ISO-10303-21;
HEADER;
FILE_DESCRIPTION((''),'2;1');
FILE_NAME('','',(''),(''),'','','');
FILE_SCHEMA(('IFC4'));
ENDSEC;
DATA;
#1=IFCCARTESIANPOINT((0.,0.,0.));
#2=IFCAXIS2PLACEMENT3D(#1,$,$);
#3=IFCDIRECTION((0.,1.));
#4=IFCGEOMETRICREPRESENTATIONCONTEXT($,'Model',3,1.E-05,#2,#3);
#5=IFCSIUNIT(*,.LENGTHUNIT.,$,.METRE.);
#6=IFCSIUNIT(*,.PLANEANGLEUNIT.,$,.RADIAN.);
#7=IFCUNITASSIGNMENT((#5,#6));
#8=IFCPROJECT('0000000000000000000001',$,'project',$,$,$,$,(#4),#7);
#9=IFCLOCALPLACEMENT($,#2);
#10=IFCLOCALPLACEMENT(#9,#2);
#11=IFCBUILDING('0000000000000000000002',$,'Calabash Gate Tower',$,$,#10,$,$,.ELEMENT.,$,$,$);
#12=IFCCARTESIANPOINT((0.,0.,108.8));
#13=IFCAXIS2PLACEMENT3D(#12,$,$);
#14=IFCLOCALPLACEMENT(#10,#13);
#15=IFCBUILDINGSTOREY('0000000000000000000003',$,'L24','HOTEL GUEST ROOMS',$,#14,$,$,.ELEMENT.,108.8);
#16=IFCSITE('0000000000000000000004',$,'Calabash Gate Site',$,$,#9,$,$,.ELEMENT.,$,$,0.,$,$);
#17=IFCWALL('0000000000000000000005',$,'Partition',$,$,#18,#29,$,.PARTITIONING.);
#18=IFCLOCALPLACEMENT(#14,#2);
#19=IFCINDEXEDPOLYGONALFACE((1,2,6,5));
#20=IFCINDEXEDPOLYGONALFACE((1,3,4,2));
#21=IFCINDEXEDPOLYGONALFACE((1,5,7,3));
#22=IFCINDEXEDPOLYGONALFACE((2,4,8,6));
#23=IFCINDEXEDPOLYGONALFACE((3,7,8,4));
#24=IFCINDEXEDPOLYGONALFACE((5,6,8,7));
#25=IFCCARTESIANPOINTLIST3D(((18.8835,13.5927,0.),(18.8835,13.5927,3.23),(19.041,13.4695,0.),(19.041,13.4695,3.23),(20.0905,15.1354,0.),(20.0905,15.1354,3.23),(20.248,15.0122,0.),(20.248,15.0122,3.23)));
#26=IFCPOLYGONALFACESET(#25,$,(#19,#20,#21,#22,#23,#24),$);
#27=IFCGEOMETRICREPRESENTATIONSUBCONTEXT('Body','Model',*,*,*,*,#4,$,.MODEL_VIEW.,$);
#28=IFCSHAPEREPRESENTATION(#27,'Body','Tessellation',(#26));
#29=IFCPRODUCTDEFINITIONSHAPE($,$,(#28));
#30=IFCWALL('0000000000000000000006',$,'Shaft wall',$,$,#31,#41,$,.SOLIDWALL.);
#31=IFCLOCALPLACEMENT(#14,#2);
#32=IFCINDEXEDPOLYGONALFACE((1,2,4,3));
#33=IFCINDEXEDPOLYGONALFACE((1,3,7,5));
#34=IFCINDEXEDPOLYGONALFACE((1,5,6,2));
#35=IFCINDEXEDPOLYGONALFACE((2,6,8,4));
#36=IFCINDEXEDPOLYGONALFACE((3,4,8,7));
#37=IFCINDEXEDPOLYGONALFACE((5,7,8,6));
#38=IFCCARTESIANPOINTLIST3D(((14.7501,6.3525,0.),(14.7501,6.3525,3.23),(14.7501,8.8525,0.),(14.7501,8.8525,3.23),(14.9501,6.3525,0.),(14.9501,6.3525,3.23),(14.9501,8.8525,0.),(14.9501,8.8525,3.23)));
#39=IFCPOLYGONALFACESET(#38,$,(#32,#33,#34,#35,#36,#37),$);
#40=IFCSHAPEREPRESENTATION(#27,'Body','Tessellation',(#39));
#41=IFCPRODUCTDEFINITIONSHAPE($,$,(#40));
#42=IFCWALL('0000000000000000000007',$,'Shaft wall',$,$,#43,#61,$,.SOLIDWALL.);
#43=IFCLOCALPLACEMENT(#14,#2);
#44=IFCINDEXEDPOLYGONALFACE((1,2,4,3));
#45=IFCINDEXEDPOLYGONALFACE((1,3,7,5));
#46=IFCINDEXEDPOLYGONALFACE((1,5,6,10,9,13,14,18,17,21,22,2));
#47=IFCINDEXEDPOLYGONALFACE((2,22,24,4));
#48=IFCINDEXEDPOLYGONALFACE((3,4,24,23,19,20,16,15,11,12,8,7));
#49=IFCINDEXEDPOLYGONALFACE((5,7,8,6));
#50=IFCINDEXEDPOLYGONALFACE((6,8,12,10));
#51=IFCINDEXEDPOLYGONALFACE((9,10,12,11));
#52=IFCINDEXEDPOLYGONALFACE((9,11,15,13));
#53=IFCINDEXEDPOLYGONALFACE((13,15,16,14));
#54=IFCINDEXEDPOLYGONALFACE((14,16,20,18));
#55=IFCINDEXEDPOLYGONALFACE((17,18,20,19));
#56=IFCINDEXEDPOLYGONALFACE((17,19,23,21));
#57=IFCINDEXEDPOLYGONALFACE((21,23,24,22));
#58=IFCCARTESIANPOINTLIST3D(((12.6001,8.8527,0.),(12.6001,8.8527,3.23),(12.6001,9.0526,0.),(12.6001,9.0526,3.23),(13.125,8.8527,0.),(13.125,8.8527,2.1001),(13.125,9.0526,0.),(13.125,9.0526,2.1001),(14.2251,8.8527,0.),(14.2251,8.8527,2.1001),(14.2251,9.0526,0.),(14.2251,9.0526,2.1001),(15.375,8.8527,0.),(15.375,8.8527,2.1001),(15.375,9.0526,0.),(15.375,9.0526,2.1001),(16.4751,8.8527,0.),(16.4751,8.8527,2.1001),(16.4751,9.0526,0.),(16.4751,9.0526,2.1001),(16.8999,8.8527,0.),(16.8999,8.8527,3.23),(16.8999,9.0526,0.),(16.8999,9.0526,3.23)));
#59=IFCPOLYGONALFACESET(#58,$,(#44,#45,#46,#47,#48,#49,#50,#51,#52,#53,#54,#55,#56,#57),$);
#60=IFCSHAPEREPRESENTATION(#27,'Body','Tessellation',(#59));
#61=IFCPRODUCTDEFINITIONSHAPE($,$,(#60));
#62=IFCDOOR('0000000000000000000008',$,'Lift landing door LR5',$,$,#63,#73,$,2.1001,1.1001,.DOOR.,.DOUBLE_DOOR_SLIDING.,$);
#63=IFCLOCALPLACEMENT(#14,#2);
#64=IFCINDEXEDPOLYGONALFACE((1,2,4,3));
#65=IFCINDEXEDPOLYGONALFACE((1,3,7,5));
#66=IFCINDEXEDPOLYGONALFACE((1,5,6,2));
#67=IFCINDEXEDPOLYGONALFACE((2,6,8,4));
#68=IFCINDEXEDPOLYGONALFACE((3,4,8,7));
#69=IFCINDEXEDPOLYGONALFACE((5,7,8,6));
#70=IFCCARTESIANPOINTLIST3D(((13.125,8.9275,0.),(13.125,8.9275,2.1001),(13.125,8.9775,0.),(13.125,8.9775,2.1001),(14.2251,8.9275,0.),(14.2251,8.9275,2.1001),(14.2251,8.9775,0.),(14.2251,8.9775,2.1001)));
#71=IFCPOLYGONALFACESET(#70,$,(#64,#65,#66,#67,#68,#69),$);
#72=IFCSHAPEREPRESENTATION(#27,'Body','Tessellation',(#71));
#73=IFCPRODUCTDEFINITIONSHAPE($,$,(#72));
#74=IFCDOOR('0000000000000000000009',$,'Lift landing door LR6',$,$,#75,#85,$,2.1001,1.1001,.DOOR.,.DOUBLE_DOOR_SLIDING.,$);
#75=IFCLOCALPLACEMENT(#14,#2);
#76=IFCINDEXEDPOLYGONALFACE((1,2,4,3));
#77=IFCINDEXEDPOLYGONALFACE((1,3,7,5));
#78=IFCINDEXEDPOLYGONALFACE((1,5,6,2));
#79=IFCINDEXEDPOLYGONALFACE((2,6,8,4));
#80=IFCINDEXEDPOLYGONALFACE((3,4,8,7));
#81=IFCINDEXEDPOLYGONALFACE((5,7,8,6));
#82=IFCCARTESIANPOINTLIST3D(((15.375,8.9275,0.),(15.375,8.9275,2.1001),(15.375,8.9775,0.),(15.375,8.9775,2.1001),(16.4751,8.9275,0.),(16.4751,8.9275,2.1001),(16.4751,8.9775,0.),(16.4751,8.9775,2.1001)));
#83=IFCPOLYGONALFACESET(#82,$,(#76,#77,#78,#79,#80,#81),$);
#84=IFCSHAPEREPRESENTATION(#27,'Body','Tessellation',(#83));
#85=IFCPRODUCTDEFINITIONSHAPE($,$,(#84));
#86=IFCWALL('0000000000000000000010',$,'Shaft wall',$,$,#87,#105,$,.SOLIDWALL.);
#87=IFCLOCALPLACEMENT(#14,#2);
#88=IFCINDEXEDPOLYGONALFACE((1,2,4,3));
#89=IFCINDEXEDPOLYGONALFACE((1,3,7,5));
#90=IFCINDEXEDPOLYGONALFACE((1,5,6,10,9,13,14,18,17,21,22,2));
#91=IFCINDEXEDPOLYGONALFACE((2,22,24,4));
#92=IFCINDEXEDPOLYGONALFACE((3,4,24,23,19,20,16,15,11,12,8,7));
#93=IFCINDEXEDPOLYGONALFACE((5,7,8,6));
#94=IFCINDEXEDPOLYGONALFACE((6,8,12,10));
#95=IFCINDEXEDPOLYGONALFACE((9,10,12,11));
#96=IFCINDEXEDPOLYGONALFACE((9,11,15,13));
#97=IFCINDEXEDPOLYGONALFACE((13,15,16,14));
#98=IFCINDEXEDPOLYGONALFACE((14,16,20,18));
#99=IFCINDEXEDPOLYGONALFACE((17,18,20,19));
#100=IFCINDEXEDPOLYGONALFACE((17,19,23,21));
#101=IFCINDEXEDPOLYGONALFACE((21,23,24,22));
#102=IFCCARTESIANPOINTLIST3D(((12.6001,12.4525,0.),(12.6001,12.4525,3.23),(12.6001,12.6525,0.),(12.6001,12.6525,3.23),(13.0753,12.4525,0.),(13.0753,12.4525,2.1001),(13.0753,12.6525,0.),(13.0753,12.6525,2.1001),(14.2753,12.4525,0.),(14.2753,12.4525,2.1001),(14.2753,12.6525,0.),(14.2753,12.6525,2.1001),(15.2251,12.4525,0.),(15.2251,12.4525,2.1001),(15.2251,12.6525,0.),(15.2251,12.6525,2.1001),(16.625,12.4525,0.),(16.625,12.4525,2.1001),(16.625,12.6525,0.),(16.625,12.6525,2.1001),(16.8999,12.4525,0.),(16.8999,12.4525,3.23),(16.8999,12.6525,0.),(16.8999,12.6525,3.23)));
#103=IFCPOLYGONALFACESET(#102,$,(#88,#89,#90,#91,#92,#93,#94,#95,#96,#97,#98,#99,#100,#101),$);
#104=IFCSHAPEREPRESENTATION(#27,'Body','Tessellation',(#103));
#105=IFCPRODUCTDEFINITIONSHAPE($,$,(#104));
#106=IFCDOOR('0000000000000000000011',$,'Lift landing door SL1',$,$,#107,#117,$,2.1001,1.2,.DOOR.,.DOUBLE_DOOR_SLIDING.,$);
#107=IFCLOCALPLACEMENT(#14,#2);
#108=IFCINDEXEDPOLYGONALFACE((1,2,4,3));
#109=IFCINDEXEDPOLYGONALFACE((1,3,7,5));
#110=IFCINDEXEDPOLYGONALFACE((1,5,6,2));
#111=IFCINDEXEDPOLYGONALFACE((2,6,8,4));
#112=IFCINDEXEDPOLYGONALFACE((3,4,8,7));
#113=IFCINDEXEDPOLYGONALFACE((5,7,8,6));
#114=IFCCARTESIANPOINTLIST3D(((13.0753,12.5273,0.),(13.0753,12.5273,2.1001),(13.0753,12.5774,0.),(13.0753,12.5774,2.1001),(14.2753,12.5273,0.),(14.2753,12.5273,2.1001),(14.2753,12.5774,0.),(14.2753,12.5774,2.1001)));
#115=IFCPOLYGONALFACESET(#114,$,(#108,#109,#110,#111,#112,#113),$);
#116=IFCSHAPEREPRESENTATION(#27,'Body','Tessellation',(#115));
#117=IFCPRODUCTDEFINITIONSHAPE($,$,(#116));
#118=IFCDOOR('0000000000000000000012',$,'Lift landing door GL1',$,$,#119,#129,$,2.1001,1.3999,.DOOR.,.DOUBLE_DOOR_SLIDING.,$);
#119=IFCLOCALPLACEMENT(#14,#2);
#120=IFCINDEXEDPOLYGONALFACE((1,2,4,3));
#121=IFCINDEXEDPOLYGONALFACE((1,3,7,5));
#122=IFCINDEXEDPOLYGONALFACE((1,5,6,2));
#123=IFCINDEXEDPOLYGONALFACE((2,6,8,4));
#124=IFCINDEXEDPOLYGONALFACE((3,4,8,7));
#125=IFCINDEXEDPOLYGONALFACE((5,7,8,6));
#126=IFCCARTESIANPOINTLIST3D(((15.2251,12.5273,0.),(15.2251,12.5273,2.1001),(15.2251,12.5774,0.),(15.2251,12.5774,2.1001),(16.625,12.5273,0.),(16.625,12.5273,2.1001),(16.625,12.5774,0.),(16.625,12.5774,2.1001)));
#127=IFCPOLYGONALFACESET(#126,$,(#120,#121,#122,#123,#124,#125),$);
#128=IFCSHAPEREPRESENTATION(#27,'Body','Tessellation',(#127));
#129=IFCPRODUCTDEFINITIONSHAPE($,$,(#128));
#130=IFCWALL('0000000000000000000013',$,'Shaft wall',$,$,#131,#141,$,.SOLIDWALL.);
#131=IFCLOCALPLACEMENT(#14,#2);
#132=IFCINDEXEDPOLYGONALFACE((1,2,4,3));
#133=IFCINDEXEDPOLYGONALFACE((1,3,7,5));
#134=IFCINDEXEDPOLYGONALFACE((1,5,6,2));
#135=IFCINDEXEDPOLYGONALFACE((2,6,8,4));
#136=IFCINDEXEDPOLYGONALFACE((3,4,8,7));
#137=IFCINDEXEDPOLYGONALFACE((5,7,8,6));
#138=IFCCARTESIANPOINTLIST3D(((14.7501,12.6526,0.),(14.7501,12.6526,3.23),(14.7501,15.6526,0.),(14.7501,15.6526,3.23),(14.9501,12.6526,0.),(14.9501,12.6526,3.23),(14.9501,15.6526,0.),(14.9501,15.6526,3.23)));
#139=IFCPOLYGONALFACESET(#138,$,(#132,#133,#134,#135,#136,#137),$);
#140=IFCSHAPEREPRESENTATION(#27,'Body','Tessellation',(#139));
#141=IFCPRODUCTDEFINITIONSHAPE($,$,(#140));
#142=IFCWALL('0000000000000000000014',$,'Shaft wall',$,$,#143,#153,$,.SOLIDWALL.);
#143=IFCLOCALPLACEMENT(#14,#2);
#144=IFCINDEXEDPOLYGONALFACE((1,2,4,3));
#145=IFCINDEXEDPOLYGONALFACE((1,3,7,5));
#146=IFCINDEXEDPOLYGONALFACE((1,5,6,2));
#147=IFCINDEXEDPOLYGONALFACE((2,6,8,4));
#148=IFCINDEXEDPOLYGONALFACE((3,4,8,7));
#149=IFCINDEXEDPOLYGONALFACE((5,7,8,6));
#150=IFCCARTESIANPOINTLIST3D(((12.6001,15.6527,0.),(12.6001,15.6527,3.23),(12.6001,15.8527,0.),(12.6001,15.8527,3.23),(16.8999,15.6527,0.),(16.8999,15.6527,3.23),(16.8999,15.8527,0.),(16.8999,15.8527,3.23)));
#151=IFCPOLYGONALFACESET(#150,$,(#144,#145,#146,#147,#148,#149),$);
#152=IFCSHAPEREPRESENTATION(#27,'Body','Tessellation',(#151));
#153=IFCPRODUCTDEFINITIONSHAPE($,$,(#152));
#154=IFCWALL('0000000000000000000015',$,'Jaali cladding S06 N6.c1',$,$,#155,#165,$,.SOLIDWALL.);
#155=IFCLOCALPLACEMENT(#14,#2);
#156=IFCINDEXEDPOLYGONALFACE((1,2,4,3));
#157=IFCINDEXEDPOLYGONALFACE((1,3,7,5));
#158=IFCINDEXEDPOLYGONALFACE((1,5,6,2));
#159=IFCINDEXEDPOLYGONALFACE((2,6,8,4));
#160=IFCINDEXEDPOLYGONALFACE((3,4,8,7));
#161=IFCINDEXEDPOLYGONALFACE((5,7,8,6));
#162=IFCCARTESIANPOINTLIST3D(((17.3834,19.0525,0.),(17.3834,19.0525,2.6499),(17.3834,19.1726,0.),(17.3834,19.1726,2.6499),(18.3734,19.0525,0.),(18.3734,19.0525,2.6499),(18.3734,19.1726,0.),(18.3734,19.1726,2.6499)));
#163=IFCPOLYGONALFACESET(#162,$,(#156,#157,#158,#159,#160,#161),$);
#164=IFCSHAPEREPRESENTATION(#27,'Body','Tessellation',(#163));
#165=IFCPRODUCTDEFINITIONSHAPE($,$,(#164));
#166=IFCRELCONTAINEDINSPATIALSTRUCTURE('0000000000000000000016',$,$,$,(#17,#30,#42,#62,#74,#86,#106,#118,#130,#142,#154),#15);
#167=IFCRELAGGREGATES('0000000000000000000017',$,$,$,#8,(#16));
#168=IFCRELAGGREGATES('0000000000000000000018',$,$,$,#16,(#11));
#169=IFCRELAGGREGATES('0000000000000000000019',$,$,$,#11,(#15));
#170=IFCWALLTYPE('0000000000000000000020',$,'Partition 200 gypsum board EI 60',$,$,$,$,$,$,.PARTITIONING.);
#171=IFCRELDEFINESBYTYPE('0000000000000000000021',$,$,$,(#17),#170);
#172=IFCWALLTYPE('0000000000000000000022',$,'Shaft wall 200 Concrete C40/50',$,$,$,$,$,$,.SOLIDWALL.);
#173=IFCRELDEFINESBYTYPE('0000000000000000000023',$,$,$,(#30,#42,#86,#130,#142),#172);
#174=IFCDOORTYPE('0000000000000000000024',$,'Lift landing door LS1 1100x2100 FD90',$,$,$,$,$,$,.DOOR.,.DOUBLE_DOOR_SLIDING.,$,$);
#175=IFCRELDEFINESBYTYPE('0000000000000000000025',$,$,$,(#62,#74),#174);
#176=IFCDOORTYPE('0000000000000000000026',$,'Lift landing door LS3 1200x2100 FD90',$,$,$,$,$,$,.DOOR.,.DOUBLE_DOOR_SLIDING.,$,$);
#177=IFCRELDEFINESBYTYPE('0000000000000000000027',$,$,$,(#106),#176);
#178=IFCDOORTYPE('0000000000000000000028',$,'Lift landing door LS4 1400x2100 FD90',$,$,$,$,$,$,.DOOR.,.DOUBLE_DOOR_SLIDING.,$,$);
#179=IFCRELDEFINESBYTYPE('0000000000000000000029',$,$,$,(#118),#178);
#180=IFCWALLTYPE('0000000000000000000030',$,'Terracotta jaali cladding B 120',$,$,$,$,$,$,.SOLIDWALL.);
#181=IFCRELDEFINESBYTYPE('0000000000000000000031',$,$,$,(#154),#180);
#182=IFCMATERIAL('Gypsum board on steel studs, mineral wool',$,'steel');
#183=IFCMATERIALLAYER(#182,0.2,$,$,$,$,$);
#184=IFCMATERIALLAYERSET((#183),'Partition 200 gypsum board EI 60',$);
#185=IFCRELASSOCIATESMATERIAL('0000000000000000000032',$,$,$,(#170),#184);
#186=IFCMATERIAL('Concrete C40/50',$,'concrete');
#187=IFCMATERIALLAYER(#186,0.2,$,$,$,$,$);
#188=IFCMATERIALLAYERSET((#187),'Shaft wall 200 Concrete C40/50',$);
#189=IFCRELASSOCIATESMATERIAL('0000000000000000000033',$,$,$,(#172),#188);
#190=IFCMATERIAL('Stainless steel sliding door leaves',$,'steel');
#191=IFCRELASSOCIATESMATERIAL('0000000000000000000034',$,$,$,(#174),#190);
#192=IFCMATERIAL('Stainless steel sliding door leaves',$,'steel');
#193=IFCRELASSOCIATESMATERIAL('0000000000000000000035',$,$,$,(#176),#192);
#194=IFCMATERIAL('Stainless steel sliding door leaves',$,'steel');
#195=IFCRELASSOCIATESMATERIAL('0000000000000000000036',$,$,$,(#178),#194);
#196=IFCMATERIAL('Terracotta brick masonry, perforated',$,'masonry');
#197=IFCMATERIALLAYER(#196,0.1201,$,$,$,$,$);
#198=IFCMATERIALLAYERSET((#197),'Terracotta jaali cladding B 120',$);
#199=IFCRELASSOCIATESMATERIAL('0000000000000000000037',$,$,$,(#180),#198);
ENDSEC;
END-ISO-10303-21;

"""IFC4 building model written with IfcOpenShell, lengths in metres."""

from ifc_helpers import new_model, si_unit, direction, frame, frame_2d, origin, place, context, subcontext, project, spatial, rectangle, extrude, material, layer, layer_set, type_object, element, fill, save


model = new_model("IFC4")

# Units and contexts
model_context = context("Model", 3, precision=1e-05, world=origin(), true_north=direction((0.0, 1.0)))
body_context = subcontext(model_context, "Body", "Model", "MODEL_VIEW")
ifc_project = project(units=[si_unit("LENGTHUNIT", "METRE"), si_unit("PLANEANGLEUNIT", "RADIAN")], contexts=[model_context])

# Site, building, storey
site_placement = place(None, origin())
site = spatial("IfcSite", under=ifc_project, at=site_placement, Name="Calabash Gate Site", CompositionType="ELEMENT", RefElevation=0.0)
building_placement = place(site_placement, origin())
building = spatial("IfcBuilding", under=site, at=building_placement, Name="Calabash Gate Tower", CompositionType="ELEMENT")
storey_placement = place(building_placement, frame((0.0, 0.0, 108.8)))
storey = spatial("IfcBuildingStorey", under=building, at=storey_placement, Name="L24", Description="HOTEL GUEST ROOMS", CompositionType="ELEMENT", Elevation=108.8)

# Walls
ifc_material_1 = material(Name="Gypsum board on steel studs, mineral wool", Category="steel")
ifc_layer_1 = layer(ifc_material_1, 0.2)
ifc_layer_set_1 = layer_set([ifc_layer_1], Name="Partition 200 gypsum board EI 60")
wall_type_1 = type_object("IfcWallType", Name="Partition 200 gypsum board EI 60", PredefinedType="PARTITIONING", material=ifc_layer_set_1)
wall_1_placement = place(storey_placement, frame((18.9622, 13.531, 0.0), z_axis=(0.0, 0.0, 1.0), x_axis=(0.616207, 0.787584, 0.0)))
element("IfcWall", 1, at=wall_1_placement, inside=storey, type_object=wall_type_1, Name="Partition", PredefinedType="PARTITIONING", context=body_context, shape_type="SweptSolid", body=[
    extrude(rectangle(XDim=1.9587, YDim=0.2, at=frame_2d((0.9795, 0.0))), origin(), (0.0, 0.0, 1.0), 3.23),
])
ifc_material_2 = material(Name="Concrete C40/50", Category="concrete")
ifc_layer_2 = layer(ifc_material_2, 0.2)
ifc_layer_set_2 = layer_set([ifc_layer_2], Name="Shaft wall 200 Concrete C40/50")
wall_type_2 = type_object("IfcWallType", Name="Shaft wall 200 Concrete C40/50", PredefinedType="SOLIDWALL", material=ifc_layer_set_2)
wall_2_placement = place(storey_placement, frame((14.8501, 6.3525, 0.0), z_axis=(0.0, 0.0, 1.0), x_axis=(0.0, 1.0, 0.0)))
element("IfcWall", 2, at=wall_2_placement, inside=storey, type_object=wall_type_2, Name="Shaft wall", PredefinedType="SOLIDWALL", context=body_context, shape_type="SweptSolid", body=[
    extrude(rectangle(XDim=2.5, YDim=0.2, at=frame_2d((1.25, 0.0))), origin(), (0.0, 0.0, 1.0), 3.23),
])

# Walls, openings, doors
wall_3_placement = place(storey_placement, frame((12.6001, 8.9526, 0.0), z_axis=(0.0, 0.0, 1.0), x_axis=(1.0, 0.0, 0.0)))
wall_3 = element("IfcWall", 3, at=wall_3_placement, inside=storey, type_object=wall_type_2, Name="Shaft wall", PredefinedType="SOLIDWALL", context=body_context, shape_type="SweptSolid", body=[
    extrude(rectangle(XDim=4.2998, YDim=0.2, at=frame_2d((2.1499, 0.0))), origin(), (0.0, 0.0, 1.0), 3.23),
])
opening_1_placement = place(wall_3_placement, frame((0.5249, 0.0, 0.0)))
opening_1 = element("IfcOpeningElement", 4, at=opening_1_placement, cuts=wall_3, PredefinedType="OPENING", context=body_context, shape_type="SweptSolid", body=[
    extrude(rectangle(XDim=1.1001, YDim=2.1001, at=frame_2d((0.55, 1.05))), frame((0.0, 0.1099, 0.0), z_axis=(0.0, -1.0, 0.0), x_axis=(1.0, 0.0, 0.0)), (0.0, 0.0, 1.0), 0.22),
])
opening_2_placement = place(wall_3_placement, frame((2.7749, 0.0, 0.0)))
opening_2 = element("IfcOpeningElement", 5, at=opening_2_placement, cuts=wall_3, PredefinedType="OPENING", context=body_context, shape_type="SweptSolid", body=[
    extrude(rectangle(XDim=1.1001, YDim=2.1001, at=frame_2d((0.55, 1.05))), frame((0.0, 0.1099, 0.0), z_axis=(0.0, -1.0, 0.0), x_axis=(1.0, 0.0, 0.0)), (0.0, 0.0, 1.0), 0.22),
])
ifc_material_3 = material(Name="Stainless steel sliding door leaves", Category="steel")
door_type_1 = type_object("IfcDoorType", Name="Lift landing door LS1 1100x2100 FD90", OperationType="DOUBLE_DOOR_SLIDING", PredefinedType="DOOR", material=ifc_material_3)
door_1_placement = place(opening_1_placement, origin())
door_1 = element("IfcDoor", 6, at=door_1_placement, inside=storey, type_object=door_type_1, Name="Lift landing door LR5", OperationType="DOUBLE_DOOR_SLIDING", OverallHeight=2.1001, OverallWidth=1.1001, PredefinedType="DOOR", context=body_context, shape_type="SweptSolid", body=[
    extrude(rectangle(XDim=1.1001, YDim=2.1001, at=frame_2d((0.55, 1.05))), frame((0.0, 0.0249, 0.0), z_axis=(0.0, -1.0, 0.0), x_axis=(1.0, 0.0, 0.0)), (0.0, 0.0, 1.0), 0.05),
])
fill(opening_1, door_1)
door_2_placement = place(opening_2_placement, origin())
door_2 = element("IfcDoor", 7, at=door_2_placement, inside=storey, type_object=door_type_1, Name="Lift landing door LR6", OperationType="DOUBLE_DOOR_SLIDING", OverallHeight=2.1001, OverallWidth=1.1001, PredefinedType="DOOR", context=body_context, shape_type="SweptSolid", body=[
    extrude(rectangle(XDim=1.1001, YDim=2.1001, at=frame_2d((0.55, 1.05))), frame((0.0, 0.0249, 0.0), z_axis=(0.0, -1.0, 0.0), x_axis=(1.0, 0.0, 0.0)), (0.0, 0.0, 1.0), 0.05),
])
fill(opening_2, door_2)
wall_4_placement = place(storey_placement, frame((12.6001, 12.5525, 0.0), z_axis=(0.0, 0.0, 1.0), x_axis=(1.0, 0.0, 0.0)))
wall_4 = element("IfcWall", 8, at=wall_4_placement, inside=storey, type_object=wall_type_2, Name="Shaft wall", PredefinedType="SOLIDWALL", context=body_context, shape_type="SweptSolid", body=[
    extrude(rectangle(XDim=4.2998, YDim=0.2, at=frame_2d((2.1499, 0.0))), origin(), (0.0, 0.0, 1.0), 3.23),
])
opening_3_placement = place(wall_4_placement, frame((0.4751, 0.0, 0.0)))
opening_3 = element("IfcOpeningElement", 9, at=opening_3_placement, cuts=wall_4, PredefinedType="OPENING", context=body_context, shape_type="SweptSolid", body=[
    extrude(rectangle(XDim=1.2, YDim=2.1001, at=frame_2d((0.6001, 1.05))), frame((0.0, 0.1099, 0.0), z_axis=(0.0, -1.0, 0.0), x_axis=(1.0, 0.0, 0.0)), (0.0, 0.0, 1.0), 0.22),
])
opening_4_placement = place(wall_4_placement, frame((2.625, 0.0, 0.0)))
opening_4 = element("IfcOpeningElement", 10, at=opening_4_placement, cuts=wall_4, PredefinedType="OPENING", context=body_context, shape_type="SweptSolid", body=[
    extrude(rectangle(XDim=1.3999, YDim=2.1001, at=frame_2d((0.7, 1.05))), frame((0.0, 0.1099, 0.0), z_axis=(0.0, -1.0, 0.0), x_axis=(1.0, 0.0, 0.0)), (0.0, 0.0, 1.0), 0.22),
])
ifc_material_4 = material(Name="Stainless steel sliding door leaves", Category="steel")
door_type_2 = type_object("IfcDoorType", Name="Lift landing door LS3 1200x2100 FD90", OperationType="DOUBLE_DOOR_SLIDING", PredefinedType="DOOR", material=ifc_material_4)
door_3_placement = place(opening_3_placement, origin())
door_3 = element("IfcDoor", 11, at=door_3_placement, inside=storey, type_object=door_type_2, Name="Lift landing door SL1", OperationType="DOUBLE_DOOR_SLIDING", OverallHeight=2.1001, OverallWidth=1.2, PredefinedType="DOOR", context=body_context, shape_type="SweptSolid", body=[
    extrude(rectangle(XDim=1.2, YDim=2.1001, at=frame_2d((0.6001, 1.05))), frame((0.0, 0.0249, 0.0), z_axis=(0.0, -1.0, 0.0), x_axis=(1.0, 0.0, 0.0)), (0.0, 0.0, 1.0), 0.05),
])
fill(opening_3, door_3)
ifc_material_5 = material(Name="Stainless steel sliding door leaves", Category="steel")
door_type_3 = type_object("IfcDoorType", Name="Lift landing door LS4 1400x2100 FD90", OperationType="DOUBLE_DOOR_SLIDING", PredefinedType="DOOR", material=ifc_material_5)
door_4_placement = place(opening_4_placement, origin())
door_4 = element("IfcDoor", 12, at=door_4_placement, inside=storey, type_object=door_type_3, Name="Lift landing door GL1", OperationType="DOUBLE_DOOR_SLIDING", OverallHeight=2.1001, OverallWidth=1.3999, PredefinedType="DOOR", context=body_context, shape_type="SweptSolid", body=[
    extrude(rectangle(XDim=1.3999, YDim=2.1001, at=frame_2d((0.7, 1.05))), frame((0.0, 0.0249, 0.0), z_axis=(0.0, -1.0, 0.0), x_axis=(1.0, 0.0, 0.0)), (0.0, 0.0, 1.0), 0.05),
])
fill(opening_4, door_4)

# Walls
wall_5_placement = place(storey_placement, frame((14.8501, 12.6526, 0.0), z_axis=(0.0, 0.0, 1.0), x_axis=(0.0, 1.0, 0.0)))
element("IfcWall", 13, at=wall_5_placement, inside=storey, type_object=wall_type_2, Name="Shaft wall", PredefinedType="SOLIDWALL", context=body_context, shape_type="SweptSolid", body=[
    extrude(rectangle(XDim=3.0, YDim=0.2, at=frame_2d((1.5, 0.0))), origin(), (0.0, 0.0, 1.0), 3.23),
])
wall_6_placement = place(storey_placement, frame((12.6001, 15.7527, 0.0), z_axis=(0.0, 0.0, 1.0), x_axis=(1.0, 0.0, 0.0)))
element("IfcWall", 14, at=wall_6_placement, inside=storey, type_object=wall_type_2, Name="Shaft wall", PredefinedType="SOLIDWALL", context=body_context, shape_type="SweptSolid", body=[
    extrude(rectangle(XDim=4.2998, YDim=0.2, at=frame_2d((2.1499, 0.0))), origin(), (0.0, 0.0, 1.0), 3.23),
])
ifc_material_6 = material(Name="Terracotta brick masonry, perforated", Category="masonry")
ifc_layer_3 = layer(ifc_material_6, 0.1201)
ifc_layer_set_3 = layer_set([ifc_layer_3], Name="Terracotta jaali cladding B 120")
wall_type_3 = type_object("IfcWallType", Name="Terracotta jaali cladding B 120", PredefinedType="SOLIDWALL", material=ifc_layer_set_3)
wall_7_placement = place(storey_placement, frame((17.3833, 19.1125, 0.0), z_axis=(0.0, 0.0, 1.0), x_axis=(1.0, 0.0, 0.0)))
element("IfcWall", 15, at=wall_7_placement, inside=storey, type_object=wall_type_3, Name="Jaali cladding S06 N6.c1", PredefinedType="SOLIDWALL", context=body_context, shape_type="SweptSolid", body=[
    extrude(rectangle(XDim=0.99, YDim=0.1201, at=frame_2d((0.4951, 0.0))), origin(), (0.0, 0.0, 1.0), 2.6499),
])

save(model, "model.ifc")
